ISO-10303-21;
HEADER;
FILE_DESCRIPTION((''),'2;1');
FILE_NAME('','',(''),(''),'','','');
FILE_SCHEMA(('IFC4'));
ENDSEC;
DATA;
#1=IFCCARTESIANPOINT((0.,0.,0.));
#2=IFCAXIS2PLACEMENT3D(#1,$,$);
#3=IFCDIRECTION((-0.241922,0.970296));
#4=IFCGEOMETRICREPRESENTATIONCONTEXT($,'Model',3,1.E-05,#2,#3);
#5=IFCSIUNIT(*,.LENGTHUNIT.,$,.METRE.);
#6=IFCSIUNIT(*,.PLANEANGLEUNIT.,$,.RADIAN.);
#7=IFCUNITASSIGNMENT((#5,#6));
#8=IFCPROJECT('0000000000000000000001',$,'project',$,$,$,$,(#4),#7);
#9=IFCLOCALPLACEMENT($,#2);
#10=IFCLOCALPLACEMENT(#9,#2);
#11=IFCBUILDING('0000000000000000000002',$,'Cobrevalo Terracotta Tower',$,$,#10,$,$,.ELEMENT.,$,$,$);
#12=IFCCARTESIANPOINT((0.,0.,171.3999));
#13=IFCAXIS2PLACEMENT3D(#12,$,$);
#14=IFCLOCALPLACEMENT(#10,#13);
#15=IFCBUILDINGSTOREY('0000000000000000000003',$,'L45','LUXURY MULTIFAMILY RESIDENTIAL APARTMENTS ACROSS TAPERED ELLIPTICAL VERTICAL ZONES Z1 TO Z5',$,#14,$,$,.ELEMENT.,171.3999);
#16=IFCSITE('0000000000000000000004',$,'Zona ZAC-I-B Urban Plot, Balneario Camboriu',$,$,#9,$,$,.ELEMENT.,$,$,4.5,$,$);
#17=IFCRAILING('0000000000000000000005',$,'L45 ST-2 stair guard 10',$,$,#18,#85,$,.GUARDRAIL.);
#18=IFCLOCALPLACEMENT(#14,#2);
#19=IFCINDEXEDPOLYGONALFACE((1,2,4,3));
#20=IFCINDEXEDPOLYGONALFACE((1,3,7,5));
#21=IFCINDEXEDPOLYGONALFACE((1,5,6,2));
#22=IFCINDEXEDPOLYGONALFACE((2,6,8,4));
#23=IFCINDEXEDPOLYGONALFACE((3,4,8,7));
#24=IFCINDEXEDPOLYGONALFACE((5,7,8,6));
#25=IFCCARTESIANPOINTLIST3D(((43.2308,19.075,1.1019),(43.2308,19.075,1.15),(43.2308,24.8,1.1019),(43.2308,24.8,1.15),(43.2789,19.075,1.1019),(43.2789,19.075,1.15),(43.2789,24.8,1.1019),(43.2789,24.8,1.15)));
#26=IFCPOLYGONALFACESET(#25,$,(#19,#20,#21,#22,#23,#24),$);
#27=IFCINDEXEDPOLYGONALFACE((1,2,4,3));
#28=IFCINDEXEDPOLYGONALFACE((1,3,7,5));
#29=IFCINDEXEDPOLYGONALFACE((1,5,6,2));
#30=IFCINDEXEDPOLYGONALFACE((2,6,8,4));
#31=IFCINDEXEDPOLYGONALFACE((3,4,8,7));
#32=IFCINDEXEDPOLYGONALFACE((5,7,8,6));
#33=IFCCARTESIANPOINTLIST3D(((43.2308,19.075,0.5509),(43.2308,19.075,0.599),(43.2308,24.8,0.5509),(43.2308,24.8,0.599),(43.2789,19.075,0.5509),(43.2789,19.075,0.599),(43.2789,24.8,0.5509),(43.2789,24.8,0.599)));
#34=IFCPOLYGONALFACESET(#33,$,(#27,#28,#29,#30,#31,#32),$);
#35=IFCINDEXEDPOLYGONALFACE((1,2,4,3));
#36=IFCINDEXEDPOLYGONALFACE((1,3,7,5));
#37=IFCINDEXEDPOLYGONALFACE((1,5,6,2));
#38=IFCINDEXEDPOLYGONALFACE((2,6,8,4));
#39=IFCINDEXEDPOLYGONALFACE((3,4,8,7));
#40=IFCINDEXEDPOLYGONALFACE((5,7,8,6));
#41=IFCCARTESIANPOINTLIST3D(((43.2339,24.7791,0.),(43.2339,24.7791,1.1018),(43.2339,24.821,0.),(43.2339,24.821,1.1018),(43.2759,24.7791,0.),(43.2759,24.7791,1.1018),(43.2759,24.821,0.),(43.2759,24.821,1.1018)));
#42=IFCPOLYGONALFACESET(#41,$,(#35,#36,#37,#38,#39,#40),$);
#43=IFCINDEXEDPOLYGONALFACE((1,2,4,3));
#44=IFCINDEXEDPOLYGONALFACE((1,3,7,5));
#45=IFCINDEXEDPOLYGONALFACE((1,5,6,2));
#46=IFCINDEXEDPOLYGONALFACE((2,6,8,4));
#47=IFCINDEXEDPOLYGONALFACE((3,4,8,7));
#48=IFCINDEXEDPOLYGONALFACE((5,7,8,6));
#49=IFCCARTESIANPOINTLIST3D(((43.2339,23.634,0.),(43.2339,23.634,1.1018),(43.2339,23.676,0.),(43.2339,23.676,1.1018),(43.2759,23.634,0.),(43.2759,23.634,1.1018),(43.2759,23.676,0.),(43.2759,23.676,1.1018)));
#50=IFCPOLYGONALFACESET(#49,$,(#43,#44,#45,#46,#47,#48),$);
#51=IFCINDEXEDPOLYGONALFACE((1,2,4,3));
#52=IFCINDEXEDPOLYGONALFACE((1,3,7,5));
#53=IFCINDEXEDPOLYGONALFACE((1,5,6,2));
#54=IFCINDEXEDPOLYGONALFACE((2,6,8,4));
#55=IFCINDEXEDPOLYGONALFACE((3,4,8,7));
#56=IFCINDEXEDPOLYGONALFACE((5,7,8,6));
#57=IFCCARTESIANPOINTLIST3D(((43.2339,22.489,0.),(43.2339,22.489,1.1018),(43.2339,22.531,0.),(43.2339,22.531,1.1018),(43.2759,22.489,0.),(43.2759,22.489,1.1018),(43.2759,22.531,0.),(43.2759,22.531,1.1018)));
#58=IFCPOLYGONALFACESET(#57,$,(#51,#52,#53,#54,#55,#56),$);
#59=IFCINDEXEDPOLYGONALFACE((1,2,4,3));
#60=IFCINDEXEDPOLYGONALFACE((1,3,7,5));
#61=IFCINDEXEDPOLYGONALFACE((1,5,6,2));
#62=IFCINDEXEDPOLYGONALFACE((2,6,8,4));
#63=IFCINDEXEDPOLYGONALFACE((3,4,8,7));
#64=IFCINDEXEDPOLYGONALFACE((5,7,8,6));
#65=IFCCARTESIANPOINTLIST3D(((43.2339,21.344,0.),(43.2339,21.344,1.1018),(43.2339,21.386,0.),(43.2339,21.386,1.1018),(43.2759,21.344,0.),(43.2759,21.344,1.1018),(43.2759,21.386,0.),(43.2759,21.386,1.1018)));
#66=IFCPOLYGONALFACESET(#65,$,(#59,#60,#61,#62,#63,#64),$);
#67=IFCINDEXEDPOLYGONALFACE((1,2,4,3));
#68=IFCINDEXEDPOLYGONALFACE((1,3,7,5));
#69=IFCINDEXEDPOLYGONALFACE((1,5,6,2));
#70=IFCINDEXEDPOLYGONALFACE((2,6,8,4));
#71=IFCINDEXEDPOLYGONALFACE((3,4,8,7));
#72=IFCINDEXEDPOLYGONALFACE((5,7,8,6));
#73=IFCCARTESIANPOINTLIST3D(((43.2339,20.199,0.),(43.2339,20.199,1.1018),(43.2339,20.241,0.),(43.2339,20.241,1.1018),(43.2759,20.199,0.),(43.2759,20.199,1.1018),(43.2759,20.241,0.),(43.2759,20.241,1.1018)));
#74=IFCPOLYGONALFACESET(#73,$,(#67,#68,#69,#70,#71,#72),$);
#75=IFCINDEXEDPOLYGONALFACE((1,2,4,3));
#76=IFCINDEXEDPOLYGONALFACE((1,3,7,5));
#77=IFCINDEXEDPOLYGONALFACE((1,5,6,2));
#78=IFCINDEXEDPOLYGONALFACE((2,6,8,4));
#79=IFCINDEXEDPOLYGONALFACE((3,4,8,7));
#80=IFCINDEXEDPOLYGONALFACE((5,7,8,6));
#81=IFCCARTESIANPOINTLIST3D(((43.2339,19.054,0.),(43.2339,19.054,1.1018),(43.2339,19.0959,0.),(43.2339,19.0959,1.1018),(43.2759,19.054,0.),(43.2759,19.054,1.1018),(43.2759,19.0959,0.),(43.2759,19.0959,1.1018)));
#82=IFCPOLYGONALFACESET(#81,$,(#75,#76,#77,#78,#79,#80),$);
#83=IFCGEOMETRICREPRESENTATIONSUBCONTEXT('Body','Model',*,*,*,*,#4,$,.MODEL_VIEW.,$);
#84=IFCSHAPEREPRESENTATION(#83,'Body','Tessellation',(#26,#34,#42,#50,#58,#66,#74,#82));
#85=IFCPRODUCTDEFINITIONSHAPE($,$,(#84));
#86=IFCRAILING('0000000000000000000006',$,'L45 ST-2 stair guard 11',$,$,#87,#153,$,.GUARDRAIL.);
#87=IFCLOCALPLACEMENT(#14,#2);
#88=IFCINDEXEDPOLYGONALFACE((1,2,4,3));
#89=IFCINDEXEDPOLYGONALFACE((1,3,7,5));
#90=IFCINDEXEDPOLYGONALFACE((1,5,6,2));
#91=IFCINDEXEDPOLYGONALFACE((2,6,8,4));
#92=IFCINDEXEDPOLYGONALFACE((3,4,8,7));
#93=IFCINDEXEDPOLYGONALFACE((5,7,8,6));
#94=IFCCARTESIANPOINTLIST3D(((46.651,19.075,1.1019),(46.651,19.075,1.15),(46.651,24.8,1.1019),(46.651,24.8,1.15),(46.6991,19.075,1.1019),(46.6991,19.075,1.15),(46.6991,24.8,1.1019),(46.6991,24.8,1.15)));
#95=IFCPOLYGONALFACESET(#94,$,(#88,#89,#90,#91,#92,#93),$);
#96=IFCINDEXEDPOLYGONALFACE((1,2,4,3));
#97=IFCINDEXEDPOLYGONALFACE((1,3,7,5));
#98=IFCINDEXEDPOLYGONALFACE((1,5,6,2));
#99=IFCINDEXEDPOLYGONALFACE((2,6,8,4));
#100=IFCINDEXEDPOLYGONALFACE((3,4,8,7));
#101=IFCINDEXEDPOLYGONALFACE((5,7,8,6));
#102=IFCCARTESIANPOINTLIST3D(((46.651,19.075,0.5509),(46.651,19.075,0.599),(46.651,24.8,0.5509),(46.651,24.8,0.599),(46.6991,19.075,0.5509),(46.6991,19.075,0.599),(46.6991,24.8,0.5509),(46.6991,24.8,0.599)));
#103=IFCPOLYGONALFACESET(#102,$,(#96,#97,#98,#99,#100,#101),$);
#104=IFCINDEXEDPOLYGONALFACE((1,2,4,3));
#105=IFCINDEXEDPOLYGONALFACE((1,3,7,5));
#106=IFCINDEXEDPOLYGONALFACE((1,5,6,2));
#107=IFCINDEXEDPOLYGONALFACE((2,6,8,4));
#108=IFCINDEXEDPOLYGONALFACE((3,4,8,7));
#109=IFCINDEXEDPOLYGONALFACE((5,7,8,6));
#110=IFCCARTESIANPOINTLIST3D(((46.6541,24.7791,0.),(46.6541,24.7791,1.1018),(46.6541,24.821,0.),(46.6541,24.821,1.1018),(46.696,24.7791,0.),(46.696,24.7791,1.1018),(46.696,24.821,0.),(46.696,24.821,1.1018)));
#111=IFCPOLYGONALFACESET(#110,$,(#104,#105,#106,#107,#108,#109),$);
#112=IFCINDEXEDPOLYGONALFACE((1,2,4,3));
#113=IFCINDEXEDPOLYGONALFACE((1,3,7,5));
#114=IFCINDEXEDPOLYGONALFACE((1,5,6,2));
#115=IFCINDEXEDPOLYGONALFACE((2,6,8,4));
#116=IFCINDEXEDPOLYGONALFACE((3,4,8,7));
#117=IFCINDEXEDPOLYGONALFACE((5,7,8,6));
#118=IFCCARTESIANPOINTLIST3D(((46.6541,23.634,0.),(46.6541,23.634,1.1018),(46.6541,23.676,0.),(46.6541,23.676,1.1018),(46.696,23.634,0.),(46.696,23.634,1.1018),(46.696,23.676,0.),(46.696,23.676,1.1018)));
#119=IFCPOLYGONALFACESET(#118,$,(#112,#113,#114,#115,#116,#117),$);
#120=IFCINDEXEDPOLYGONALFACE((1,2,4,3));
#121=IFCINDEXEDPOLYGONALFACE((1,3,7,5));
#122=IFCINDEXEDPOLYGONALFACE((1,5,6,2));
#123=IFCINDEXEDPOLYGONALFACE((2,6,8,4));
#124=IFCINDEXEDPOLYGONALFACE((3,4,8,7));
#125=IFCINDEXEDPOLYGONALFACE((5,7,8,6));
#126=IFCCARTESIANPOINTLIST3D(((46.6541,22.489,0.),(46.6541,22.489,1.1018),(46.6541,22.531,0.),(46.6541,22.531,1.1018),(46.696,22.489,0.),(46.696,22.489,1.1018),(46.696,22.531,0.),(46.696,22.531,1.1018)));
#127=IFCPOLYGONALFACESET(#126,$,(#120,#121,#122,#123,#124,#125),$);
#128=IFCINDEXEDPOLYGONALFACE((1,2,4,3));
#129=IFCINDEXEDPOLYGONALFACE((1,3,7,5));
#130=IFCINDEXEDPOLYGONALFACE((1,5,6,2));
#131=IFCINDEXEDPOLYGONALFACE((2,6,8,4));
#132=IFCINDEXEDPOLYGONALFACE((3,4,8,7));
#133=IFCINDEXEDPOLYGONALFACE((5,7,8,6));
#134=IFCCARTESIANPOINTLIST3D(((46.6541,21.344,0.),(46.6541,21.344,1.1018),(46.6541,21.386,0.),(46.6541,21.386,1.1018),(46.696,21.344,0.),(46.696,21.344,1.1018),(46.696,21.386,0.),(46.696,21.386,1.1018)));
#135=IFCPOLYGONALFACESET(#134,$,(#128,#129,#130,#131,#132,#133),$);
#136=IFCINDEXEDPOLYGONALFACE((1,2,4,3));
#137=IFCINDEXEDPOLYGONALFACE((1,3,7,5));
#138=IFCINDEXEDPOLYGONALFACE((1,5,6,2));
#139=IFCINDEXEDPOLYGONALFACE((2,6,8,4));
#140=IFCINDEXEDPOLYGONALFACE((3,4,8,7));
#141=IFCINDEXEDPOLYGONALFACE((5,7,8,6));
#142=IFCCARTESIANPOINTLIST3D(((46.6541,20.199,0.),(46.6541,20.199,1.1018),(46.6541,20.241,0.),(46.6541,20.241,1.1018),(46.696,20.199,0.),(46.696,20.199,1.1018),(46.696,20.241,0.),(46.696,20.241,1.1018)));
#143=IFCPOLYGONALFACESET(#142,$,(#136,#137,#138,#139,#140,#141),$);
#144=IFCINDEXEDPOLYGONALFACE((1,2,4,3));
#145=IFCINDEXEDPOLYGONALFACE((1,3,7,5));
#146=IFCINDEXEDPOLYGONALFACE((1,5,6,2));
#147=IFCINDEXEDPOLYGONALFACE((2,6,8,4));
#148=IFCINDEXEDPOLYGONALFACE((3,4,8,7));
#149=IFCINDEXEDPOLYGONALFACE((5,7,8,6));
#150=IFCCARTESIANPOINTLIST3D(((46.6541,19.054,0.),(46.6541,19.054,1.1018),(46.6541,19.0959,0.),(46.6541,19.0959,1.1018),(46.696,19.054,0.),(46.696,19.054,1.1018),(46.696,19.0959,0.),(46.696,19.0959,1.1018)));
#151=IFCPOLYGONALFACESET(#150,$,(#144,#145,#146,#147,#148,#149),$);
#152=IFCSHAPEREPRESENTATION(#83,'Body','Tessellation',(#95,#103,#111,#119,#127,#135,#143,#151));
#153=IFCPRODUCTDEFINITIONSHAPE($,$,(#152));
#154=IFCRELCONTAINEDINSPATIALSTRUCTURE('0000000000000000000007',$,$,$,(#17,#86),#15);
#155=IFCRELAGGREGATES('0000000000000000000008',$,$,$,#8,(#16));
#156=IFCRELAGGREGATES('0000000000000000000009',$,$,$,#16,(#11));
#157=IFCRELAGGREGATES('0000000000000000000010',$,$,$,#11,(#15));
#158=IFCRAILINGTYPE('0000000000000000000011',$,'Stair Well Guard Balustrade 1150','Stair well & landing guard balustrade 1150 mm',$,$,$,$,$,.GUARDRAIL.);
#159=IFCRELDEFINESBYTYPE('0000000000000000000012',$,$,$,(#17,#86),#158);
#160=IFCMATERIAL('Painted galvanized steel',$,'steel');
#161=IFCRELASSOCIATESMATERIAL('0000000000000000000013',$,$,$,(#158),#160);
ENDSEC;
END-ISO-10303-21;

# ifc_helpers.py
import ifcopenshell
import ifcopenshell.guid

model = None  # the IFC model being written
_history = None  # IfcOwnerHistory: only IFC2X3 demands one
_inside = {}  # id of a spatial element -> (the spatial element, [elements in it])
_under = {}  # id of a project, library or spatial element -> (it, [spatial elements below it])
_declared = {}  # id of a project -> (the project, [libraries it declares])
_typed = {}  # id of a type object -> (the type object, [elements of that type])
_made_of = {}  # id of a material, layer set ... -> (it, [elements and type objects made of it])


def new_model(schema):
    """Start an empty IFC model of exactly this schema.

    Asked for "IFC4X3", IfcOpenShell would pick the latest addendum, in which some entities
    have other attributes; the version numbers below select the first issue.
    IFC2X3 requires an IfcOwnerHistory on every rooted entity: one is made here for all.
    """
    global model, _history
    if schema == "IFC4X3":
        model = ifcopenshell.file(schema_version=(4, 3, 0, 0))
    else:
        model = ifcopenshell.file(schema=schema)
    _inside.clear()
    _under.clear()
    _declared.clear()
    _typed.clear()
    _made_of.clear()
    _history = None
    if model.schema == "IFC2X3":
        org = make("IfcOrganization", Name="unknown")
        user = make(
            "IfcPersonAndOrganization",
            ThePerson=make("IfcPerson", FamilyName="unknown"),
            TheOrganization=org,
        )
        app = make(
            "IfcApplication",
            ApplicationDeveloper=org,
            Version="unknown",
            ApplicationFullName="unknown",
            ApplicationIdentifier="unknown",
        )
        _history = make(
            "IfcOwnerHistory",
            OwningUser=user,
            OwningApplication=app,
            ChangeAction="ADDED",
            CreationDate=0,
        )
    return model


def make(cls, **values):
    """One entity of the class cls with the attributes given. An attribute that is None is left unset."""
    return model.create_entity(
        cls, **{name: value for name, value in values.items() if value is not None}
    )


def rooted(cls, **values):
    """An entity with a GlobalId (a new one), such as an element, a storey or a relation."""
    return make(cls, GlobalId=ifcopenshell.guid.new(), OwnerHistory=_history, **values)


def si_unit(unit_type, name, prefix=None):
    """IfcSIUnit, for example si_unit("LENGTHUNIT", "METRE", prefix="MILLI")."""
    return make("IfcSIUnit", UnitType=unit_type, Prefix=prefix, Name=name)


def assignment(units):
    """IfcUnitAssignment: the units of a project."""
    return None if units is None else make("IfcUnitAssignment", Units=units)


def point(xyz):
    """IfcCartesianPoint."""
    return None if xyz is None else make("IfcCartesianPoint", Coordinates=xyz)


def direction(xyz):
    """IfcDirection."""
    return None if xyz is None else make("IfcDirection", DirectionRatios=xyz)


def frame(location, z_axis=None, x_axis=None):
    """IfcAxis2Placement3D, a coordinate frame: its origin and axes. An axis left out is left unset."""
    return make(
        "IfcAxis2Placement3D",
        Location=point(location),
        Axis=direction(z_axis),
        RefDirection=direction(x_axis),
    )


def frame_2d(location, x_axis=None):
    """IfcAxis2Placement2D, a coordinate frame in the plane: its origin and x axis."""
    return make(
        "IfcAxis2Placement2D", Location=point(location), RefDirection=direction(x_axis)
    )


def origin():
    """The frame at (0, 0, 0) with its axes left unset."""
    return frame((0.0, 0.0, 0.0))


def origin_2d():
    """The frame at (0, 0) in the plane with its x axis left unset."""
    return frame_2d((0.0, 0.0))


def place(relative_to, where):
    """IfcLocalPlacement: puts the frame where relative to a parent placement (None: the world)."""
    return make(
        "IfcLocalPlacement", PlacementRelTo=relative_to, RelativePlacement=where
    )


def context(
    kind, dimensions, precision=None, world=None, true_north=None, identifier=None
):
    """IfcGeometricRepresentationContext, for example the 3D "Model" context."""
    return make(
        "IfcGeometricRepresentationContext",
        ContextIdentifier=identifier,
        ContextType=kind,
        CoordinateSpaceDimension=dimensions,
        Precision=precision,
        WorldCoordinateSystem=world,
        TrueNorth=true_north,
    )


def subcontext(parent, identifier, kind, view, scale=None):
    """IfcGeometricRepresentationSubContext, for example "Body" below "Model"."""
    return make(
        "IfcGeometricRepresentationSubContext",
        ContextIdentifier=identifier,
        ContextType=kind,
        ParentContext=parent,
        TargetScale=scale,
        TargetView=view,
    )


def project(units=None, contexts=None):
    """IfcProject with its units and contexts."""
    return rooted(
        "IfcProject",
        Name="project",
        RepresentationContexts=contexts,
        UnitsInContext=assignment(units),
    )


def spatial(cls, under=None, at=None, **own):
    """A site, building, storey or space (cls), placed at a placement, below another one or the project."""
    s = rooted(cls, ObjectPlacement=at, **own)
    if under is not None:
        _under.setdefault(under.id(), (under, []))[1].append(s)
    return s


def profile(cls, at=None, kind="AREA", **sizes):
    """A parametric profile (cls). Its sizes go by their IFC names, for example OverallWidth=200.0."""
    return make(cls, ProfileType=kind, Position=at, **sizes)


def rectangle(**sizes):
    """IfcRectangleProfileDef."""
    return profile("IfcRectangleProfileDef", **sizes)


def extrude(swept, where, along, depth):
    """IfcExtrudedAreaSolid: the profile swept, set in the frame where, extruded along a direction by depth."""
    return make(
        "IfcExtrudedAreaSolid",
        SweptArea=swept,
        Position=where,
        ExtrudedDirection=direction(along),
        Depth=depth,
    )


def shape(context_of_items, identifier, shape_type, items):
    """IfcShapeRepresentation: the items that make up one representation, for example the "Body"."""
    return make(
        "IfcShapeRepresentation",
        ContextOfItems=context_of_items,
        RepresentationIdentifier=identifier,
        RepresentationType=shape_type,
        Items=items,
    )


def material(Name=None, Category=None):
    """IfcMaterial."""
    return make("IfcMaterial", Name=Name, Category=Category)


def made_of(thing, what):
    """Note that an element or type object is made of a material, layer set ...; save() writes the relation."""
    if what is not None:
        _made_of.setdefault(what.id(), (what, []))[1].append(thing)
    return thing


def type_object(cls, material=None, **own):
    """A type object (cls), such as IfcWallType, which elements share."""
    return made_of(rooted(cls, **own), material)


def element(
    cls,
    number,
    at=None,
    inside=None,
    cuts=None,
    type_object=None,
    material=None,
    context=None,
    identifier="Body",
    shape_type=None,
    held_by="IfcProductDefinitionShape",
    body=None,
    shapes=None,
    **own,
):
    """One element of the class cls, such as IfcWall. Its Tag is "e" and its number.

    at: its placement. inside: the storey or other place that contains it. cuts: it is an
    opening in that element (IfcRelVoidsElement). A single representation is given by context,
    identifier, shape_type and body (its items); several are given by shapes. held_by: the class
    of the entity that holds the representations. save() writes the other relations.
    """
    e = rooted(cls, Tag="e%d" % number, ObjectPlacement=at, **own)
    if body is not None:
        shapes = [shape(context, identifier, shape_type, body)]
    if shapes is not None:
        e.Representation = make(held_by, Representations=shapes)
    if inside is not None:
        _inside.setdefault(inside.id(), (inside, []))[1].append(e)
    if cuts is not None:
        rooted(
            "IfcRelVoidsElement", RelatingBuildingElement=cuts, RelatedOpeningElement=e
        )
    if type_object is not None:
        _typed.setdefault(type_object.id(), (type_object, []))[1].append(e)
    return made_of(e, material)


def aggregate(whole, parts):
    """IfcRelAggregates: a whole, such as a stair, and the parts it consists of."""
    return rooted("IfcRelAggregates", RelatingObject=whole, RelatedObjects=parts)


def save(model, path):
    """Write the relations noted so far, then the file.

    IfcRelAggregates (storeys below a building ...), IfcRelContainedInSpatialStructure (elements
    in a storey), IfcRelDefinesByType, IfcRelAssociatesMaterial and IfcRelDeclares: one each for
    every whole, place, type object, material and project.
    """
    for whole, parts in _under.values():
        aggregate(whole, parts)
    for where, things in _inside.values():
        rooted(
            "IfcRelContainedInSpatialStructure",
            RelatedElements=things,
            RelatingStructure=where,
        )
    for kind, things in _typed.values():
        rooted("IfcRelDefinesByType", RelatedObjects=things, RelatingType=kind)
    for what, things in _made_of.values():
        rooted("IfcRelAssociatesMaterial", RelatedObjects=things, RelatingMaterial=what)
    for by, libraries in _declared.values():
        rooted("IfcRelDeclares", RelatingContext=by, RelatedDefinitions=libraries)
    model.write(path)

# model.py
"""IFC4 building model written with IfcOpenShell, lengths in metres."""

from ifc_helpers import new_model, si_unit, direction, frame, origin, origin_2d, place, context, subcontext, project, spatial, rectangle, extrude, material, type_object, element, save


model = new_model("IFC4")

# Units and contexts
model_context = context("Model", 3, precision=1e-05, world=origin(), true_north=direction((-0.241922, 0.970296)))
body_context = subcontext(model_context, "Body", "Model", "MODEL_VIEW")
ifc_project = project(units=[si_unit("LENGTHUNIT", "METRE"), si_unit("PLANEANGLEUNIT", "RADIAN")], contexts=[model_context])

# Site, building, storey
site_placement = place(None, origin())
site = spatial("IfcSite", under=ifc_project, at=site_placement, Name="Zona ZAC-I-B Urban Plot, Balneario Camboriu", CompositionType="ELEMENT", RefElevation=4.5)
building_placement = place(site_placement, origin())
building = spatial("IfcBuilding", under=site, at=building_placement, Name="Cobrevalo Terracotta Tower", CompositionType="ELEMENT")
storey_placement = place(building_placement, frame((0.0, 0.0, 171.3999)))
storey = spatial("IfcBuildingStorey", under=building, at=storey_placement, Name="L45", Description="LUXURY MULTIFAMILY RESIDENTIAL APARTMENTS ACROSS TAPERED ELLIPTICAL VERTICAL ZONES Z1 TO Z5", CompositionType="ELEMENT", Elevation=171.3999)

# Railings
ifc_material_1 = material(Name="Painted galvanized steel", Category="steel")
railing_type_1 = type_object("IfcRailingType", Name="Stair Well Guard Balustrade 1150", Description="Stair well & landing guard balustrade 1150 mm", PredefinedType="GUARDRAIL", material=ifc_material_1)
for number, where, name in (
    (1, (43.2549, 24.8, 0.0), "L45 ST-2 stair guard 10"),
    (2, (46.675, 24.8, 0.0), "L45 ST-2 stair guard 11"),
):
    element("IfcRailing", number, at=place(storey_placement, frame(where)), inside=storey, type_object=railing_type_1, Name=name, PredefinedType="GUARDRAIL", context=body_context, shape_type="SweptSolid", body=[
        extrude(rectangle(XDim=0.0481, YDim=0.0481, at=origin_2d()), frame((0.0, 0.0, 1.126), z_axis=(0.0, -1.0, 0.0), x_axis=(1.0, 0.0, 0.0)), (0.0, 0.0, 1.0), 5.7251),
        extrude(rectangle(XDim=0.0481, YDim=0.0481, at=origin_2d()), frame((0.0, 0.0, 0.575), z_axis=(0.0, -1.0, 0.0), x_axis=(1.0, 0.0, 0.0)), (0.0, 0.0, 1.0), 5.7251),
        extrude(rectangle(XDim=0.042, YDim=0.042, at=origin_2d()), origin(), (0.0, 0.0, 1.0), 1.1018),
        extrude(rectangle(XDim=0.042, YDim=0.042, at=origin_2d()), frame((0.0, -1.145, 0.0)), (0.0, 0.0, 1.0), 1.1018),
        extrude(rectangle(XDim=0.042, YDim=0.042, at=origin_2d()), frame((0.0, -2.29, 0.0)), (0.0, 0.0, 1.0), 1.1018),
        extrude(rectangle(XDim=0.042, YDim=0.042, at=origin_2d()), frame((0.0, -3.4351, 0.0)), (0.0, 0.0, 1.0), 1.1018),
        extrude(rectangle(XDim=0.042, YDim=0.042, at=origin_2d()), frame((0.0, -4.5801, 0.0)), (0.0, 0.0, 1.0), 1.1018),
        extrude(rectangle(XDim=0.042, YDim=0.042, at=origin_2d()), frame((0.0, -5.7251, 0.0)), (0.0, 0.0, 1.0), 1.1018),
    ])

save(model, "model.ifc")
